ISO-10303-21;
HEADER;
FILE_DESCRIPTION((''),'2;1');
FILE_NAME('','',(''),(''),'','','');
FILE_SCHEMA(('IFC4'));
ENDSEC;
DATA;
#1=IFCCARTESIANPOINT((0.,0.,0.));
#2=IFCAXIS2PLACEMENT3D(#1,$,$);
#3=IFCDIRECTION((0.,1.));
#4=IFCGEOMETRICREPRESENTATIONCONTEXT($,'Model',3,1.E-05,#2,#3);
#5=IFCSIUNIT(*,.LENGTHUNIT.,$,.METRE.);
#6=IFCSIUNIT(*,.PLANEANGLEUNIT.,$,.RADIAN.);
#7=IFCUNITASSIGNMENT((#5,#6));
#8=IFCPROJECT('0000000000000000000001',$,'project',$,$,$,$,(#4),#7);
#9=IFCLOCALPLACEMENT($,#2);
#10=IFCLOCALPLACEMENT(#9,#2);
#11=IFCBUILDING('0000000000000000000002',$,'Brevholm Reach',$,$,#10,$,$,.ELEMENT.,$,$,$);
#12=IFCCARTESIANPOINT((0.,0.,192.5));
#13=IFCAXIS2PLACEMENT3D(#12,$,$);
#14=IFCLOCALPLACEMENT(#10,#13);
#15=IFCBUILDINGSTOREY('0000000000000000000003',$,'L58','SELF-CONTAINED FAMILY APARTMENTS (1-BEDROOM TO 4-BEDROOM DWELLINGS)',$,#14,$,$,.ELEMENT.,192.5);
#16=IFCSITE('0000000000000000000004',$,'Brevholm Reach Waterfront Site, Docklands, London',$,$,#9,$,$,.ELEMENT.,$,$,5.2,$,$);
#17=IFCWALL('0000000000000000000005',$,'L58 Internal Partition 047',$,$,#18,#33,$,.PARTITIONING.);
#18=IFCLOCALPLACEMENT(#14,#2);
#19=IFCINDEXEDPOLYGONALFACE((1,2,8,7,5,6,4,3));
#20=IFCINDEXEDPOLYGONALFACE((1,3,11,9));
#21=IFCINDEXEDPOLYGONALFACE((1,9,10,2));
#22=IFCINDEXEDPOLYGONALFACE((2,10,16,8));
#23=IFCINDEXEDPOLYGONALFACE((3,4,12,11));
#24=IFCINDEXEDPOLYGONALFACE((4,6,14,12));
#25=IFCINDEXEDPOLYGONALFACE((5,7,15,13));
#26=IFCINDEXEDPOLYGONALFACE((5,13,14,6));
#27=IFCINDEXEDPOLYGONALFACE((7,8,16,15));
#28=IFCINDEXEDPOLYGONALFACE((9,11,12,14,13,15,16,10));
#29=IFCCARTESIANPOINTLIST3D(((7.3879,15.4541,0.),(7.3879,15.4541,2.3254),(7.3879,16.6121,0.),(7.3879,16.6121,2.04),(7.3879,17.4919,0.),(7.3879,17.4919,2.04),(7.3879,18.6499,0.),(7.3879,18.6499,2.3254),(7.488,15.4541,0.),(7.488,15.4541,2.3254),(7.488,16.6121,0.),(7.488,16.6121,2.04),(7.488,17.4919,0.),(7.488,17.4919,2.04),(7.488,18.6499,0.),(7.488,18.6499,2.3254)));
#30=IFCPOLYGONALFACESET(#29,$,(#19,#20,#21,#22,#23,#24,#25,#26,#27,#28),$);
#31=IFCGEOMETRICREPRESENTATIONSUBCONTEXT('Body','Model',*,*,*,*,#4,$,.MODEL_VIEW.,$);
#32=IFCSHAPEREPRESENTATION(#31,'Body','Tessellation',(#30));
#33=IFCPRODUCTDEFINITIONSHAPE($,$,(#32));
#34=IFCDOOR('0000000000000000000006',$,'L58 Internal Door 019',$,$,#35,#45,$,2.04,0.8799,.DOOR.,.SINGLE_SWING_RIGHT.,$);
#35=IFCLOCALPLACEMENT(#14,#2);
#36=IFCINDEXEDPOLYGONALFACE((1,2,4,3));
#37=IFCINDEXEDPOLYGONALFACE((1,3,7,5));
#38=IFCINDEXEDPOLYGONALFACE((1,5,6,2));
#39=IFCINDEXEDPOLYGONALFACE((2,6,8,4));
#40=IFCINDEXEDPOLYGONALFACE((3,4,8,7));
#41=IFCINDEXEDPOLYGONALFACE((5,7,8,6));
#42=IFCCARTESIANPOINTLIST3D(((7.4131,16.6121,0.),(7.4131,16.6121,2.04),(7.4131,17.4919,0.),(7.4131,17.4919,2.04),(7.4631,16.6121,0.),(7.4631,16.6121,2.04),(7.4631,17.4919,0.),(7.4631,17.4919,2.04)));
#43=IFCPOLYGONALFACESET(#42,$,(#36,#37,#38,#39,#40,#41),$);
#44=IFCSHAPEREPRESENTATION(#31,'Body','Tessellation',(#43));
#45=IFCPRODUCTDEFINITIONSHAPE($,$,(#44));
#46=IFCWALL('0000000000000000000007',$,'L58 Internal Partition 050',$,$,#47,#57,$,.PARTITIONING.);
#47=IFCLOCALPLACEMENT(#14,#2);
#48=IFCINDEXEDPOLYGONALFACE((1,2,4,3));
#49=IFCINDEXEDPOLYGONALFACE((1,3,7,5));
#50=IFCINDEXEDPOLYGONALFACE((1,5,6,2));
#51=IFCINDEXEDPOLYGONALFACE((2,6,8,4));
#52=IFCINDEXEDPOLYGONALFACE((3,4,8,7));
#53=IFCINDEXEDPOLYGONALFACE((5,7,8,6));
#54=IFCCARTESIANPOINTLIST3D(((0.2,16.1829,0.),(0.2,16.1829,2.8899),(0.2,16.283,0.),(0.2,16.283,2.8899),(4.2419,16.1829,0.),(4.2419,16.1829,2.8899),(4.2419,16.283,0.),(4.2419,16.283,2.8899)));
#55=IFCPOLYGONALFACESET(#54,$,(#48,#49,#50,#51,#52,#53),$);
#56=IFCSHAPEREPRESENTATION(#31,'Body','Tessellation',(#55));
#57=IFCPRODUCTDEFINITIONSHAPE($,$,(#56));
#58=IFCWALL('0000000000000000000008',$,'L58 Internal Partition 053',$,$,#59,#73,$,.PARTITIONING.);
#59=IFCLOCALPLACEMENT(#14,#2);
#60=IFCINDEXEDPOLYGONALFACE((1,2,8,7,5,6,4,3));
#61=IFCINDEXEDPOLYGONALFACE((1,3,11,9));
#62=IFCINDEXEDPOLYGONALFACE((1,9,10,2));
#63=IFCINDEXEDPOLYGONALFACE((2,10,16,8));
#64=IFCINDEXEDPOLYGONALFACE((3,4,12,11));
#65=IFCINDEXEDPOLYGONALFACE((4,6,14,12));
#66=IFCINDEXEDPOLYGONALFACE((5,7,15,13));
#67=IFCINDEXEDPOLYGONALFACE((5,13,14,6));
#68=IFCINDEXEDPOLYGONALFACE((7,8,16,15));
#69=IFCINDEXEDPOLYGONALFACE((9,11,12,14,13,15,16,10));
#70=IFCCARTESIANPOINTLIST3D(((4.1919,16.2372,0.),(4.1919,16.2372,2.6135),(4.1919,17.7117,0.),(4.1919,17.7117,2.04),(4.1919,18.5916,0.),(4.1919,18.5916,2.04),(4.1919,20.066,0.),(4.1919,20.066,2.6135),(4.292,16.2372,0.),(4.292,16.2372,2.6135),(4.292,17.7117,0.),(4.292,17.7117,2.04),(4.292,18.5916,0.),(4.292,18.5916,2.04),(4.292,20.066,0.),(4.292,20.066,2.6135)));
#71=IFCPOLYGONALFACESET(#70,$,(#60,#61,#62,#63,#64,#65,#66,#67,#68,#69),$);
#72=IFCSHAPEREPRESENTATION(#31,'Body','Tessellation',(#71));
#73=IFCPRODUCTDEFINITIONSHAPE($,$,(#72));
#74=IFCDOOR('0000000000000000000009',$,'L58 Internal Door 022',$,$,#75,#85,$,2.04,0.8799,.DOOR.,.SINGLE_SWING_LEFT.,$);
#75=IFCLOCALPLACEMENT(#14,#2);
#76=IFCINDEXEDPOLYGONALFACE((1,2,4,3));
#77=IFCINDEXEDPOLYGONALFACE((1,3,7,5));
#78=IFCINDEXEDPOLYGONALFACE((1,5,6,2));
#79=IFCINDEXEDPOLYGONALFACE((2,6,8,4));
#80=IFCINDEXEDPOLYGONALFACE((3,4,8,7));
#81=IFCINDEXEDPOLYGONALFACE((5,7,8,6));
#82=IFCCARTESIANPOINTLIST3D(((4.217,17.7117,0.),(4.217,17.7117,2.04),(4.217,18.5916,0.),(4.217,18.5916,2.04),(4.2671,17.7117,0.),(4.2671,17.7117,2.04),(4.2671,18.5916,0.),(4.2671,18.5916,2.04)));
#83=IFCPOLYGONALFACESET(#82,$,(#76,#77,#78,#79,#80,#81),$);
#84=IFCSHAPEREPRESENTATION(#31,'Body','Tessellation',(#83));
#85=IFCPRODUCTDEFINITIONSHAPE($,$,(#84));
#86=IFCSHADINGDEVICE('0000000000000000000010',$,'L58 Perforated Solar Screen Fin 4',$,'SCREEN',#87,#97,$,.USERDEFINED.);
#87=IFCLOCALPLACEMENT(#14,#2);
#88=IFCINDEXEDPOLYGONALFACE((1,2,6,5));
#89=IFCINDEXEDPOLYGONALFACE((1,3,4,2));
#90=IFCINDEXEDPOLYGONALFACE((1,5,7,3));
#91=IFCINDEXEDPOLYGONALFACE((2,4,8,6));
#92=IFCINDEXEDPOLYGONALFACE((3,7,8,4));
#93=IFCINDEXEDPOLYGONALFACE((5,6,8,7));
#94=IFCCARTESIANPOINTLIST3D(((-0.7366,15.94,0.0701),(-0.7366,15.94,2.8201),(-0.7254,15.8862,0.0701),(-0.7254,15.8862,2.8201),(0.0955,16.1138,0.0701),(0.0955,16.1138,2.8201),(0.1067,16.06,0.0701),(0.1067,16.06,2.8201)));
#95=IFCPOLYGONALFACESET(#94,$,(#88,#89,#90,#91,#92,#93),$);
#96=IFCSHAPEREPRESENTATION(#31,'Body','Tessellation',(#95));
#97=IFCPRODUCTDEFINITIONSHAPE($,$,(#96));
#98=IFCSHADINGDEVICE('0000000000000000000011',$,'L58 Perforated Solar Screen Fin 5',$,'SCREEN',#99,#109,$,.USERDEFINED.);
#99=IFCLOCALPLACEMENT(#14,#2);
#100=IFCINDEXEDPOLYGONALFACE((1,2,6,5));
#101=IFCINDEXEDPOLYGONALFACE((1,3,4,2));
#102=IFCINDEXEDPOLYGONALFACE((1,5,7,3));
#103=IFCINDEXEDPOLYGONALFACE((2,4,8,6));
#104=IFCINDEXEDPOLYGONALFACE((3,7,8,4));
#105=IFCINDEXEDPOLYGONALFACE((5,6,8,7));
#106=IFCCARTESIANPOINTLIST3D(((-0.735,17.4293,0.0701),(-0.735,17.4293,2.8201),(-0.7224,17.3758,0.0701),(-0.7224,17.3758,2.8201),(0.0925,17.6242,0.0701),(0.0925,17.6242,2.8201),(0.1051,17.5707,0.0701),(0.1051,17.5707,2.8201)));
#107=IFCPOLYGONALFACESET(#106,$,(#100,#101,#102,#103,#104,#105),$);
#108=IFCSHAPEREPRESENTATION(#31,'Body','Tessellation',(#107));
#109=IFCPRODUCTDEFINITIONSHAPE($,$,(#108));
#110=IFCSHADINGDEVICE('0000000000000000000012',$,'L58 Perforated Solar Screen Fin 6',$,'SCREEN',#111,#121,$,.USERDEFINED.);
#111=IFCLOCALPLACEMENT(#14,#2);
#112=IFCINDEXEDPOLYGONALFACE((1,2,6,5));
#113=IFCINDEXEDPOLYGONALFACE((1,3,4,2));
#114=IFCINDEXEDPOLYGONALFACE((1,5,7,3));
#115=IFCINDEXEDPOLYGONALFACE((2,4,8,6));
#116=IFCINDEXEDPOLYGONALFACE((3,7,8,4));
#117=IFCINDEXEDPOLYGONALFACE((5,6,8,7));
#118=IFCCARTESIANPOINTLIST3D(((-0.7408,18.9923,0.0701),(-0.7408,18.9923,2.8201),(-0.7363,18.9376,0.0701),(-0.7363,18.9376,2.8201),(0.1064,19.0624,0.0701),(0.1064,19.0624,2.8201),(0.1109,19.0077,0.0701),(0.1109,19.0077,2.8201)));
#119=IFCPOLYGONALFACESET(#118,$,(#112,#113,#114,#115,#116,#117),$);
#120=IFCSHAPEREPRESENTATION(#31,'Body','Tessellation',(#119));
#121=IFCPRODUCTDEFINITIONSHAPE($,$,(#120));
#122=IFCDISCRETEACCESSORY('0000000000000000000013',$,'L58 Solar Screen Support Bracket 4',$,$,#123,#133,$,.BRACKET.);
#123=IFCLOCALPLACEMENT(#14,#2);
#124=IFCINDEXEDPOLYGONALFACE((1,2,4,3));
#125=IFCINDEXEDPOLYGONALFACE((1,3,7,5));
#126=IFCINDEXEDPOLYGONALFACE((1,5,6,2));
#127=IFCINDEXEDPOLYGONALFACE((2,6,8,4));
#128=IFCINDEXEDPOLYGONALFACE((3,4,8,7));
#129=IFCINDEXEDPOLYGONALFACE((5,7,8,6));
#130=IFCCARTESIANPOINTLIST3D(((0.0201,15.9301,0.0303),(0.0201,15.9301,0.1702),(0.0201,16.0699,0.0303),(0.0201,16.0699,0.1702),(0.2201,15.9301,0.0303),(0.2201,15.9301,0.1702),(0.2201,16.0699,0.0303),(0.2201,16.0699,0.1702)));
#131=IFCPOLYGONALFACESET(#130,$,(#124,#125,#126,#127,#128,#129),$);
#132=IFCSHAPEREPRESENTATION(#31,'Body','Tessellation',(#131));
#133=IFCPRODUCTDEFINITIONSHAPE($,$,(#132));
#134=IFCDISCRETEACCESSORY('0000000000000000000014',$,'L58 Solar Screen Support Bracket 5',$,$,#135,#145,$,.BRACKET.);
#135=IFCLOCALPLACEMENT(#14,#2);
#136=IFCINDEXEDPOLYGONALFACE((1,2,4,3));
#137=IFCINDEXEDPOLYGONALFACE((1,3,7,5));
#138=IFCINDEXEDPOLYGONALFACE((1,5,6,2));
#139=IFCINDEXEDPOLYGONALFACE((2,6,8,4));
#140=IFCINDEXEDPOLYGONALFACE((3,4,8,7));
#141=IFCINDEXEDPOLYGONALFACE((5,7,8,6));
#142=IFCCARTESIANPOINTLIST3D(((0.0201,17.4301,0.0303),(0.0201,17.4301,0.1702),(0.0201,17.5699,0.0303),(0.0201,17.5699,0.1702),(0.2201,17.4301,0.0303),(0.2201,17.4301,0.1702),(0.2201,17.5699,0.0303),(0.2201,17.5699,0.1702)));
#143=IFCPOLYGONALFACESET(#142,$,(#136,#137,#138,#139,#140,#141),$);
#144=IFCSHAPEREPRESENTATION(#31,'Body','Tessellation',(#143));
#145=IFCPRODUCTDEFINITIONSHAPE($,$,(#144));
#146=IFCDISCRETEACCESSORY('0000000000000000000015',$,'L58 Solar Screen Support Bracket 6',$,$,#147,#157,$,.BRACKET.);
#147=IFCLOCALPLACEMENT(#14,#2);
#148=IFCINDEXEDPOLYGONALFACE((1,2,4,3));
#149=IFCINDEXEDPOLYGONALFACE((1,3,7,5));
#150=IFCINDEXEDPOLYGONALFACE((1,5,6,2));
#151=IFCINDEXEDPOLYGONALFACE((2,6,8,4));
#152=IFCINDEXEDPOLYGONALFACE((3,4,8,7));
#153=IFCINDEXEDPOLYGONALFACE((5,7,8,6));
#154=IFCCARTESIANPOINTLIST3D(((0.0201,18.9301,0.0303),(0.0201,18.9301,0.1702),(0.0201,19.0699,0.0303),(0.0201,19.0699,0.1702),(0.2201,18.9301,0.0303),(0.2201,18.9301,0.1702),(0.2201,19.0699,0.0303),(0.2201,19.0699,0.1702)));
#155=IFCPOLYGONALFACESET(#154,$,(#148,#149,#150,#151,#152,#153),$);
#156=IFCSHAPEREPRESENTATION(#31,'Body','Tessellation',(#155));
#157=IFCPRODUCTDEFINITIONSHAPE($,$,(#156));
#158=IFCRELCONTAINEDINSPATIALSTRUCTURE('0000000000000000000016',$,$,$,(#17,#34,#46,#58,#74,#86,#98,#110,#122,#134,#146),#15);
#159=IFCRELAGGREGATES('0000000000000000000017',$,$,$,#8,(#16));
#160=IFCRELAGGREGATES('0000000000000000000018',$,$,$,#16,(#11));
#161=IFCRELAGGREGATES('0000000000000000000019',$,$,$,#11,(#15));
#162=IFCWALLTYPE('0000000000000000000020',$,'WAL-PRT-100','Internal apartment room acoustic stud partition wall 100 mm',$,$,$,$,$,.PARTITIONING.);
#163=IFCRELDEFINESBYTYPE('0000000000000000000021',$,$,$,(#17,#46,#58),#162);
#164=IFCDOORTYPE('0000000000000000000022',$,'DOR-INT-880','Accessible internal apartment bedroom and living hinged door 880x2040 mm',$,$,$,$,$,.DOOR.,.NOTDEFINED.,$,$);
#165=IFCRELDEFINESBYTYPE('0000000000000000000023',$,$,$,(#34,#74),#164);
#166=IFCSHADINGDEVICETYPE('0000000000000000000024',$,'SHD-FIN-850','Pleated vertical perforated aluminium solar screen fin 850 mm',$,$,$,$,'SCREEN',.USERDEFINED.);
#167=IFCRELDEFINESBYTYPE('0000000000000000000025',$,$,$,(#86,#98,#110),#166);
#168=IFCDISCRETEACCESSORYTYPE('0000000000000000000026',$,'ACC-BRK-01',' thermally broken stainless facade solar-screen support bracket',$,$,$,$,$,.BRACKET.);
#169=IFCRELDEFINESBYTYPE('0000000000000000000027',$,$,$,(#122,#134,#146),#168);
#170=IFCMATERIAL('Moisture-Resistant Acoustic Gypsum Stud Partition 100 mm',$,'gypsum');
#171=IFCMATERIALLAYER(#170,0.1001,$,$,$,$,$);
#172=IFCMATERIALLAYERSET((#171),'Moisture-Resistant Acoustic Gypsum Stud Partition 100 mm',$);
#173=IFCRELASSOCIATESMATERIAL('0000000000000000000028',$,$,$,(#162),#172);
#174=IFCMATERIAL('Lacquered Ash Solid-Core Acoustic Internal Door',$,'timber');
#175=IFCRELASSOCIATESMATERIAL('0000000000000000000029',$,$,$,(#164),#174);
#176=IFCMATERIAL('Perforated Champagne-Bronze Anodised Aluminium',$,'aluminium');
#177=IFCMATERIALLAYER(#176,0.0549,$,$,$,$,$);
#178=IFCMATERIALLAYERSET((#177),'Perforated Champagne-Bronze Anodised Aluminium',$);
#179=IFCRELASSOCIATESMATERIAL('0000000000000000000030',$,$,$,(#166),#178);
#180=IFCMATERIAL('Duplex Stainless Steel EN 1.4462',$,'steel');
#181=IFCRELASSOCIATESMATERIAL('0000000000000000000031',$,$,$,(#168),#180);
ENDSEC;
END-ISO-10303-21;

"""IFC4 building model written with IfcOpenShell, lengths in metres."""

from ifc_helpers import new_model, si_unit, direction, frame, frame_2d, origin, origin_2d, place, context, subcontext, project, spatial, rectangle, extrude, material, layer, layer_set, type_object, element, fill, save


model = new_model("IFC4")

# Units and contexts
model_context = context("Model", 3, precision=1e-05, world=origin(), true_north=direction((0.0, 1.0)))
body_context = subcontext(model_context, "Body", "Model", "MODEL_VIEW")
ifc_project = project(units=[si_unit("LENGTHUNIT", "METRE"), si_unit("PLANEANGLEUNIT", "RADIAN")], contexts=[model_context])

# Site, building, storey
site_placement = place(None, origin())
site = spatial("IfcSite", under=ifc_project, at=site_placement, Name="Brevholm Reach Waterfront Site, Docklands, London", CompositionType="ELEMENT", RefElevation=5.2)
building_placement = place(site_placement, origin())
building = spatial("IfcBuilding", under=site, at=building_placement, Name="Brevholm Reach", CompositionType="ELEMENT")
storey_placement = place(building_placement, frame((0.0, 0.0, 192.5)))
storey = spatial("IfcBuildingStorey", under=building, at=storey_placement, Name="L58", Description="SELF-CONTAINED FAMILY APARTMENTS (1-BEDROOM TO 4-BEDROOM DWELLINGS)", CompositionType="ELEMENT", Elevation=192.5)

# Shared definitions
ifc_material_1 = material(Name="Moisture-Resistant Acoustic Gypsum Stud Partition 100 mm", Category="gypsum")
ifc_layer_1 = layer(ifc_material_1, 0.1001)
ifc_layer_set_1 = layer_set([ifc_layer_1], Name="Moisture-Resistant Acoustic Gypsum Stud Partition 100 mm")
wall_type = type_object("IfcWallType", Name="WAL-PRT-100", Description="Internal apartment room acoustic stud partition wall 100 mm", PredefinedType="PARTITIONING", material=ifc_layer_set_1)

# Wall, opening, door
wall_1_placement = place(storey_placement, frame((7.438, 15.4541, 0.0), z_axis=(0.0, 0.0, 1.0), x_axis=(0.0, 1.0, 0.0)))
wall_1 = element("IfcWall", 1, at=wall_1_placement, inside=storey, type_object=wall_type, Name="L58 Internal Partition 047", PredefinedType="PARTITIONING", context=body_context, shape_type="SweptSolid", body=[
    extrude(rectangle(XDim=3.1958, YDim=0.1001, at=frame_2d((1.5979, 0.0))), origin(), (0.0, 0.0, 1.0), 2.3254),
])
opening_1_placement = place(wall_1_placement, frame((1.158, 0.0, 0.0)))
opening_1 = element("IfcOpeningElement", 2, at=opening_1_placement, cuts=wall_1, PredefinedType="OPENING", context=body_context, shape_type="SweptSolid", body=[
    extrude(rectangle(XDim=0.8799, YDim=2.04, at=frame_2d((0.4399, 1.02))), frame((0.0, 0.0601, 0.0), z_axis=(0.0, -1.0, 0.0), x_axis=(1.0, 0.0, 0.0)), (0.0, 0.0, 1.0), 0.1201),
])
ifc_material_2 = material(Name="Lacquered Ash Solid-Core Acoustic Internal Door", Category="timber")
door_type = type_object("IfcDoorType", Name="DOR-INT-880", Description="Accessible internal apartment bedroom and living hinged door 880x2040 mm", OperationType="NOTDEFINED", PredefinedType="DOOR", material=ifc_material_2)
door_1_placement = place(opening_1_placement, origin())
door_1 = element("IfcDoor", 3, at=door_1_placement, inside=storey, type_object=door_type, Name="L58 Internal Door 019", OperationType="SINGLE_SWING_RIGHT", OverallHeight=2.04, OverallWidth=0.8799, PredefinedType="DOOR", context=body_context, shape_type="SweptSolid", body=[
    extrude(rectangle(XDim=0.8799, YDim=2.04, at=frame_2d((0.4399, 1.02))), frame((0.0, 0.0249, 0.0), z_axis=(0.0, -1.0, 0.0), x_axis=(1.0, 0.0, 0.0)), (0.0, 0.0, 1.0), 0.05),
])
fill(opening_1, door_1)

# Wall
wall_2_placement = place(storey_placement, frame((0.2, 16.2329, 0.0), z_axis=(0.0, 0.0, 1.0), x_axis=(1.0, 0.0, 0.0)))
element("IfcWall", 4, at=wall_2_placement, inside=storey, type_object=wall_type, Name="L58 Internal Partition 050", PredefinedType="PARTITIONING", context=body_context, shape_type="SweptSolid", body=[
    extrude(rectangle(XDim=4.042, YDim=0.1001, at=frame_2d((2.021, 0.0))), origin(), (0.0, 0.0, 1.0), 2.8899),
])

# Wall, opening, door
wall_3_placement = place(storey_placement, frame((4.2419, 16.2371, 0.0), z_axis=(0.0, 0.0, 1.0), x_axis=(0.0, 1.0, 0.0)))
wall_3 = element("IfcWall", 5, at=wall_3_placement, inside=storey, type_object=wall_type, Name="L58 Internal Partition 053", PredefinedType="PARTITIONING", context=body_context, shape_type="SweptSolid", body=[
    extrude(rectangle(XDim=3.8289, YDim=0.1001, at=frame_2d((1.9146, 0.0))), origin(), (0.0, 0.0, 1.0), 2.6135),
])
opening_2_placement = place(wall_3_placement, frame((1.4746, 0.0, 0.0)))
opening_2 = element("IfcOpeningElement", 6, at=opening_2_placement, cuts=wall_3, PredefinedType="OPENING", context=body_context, shape_type="SweptSolid", body=[
    extrude(rectangle(XDim=0.8799, YDim=2.04, at=frame_2d((0.4399, 1.02))), frame((0.0, 0.0601, 0.0), z_axis=(0.0, -1.0, 0.0), x_axis=(1.0, 0.0, 0.0)), (0.0, 0.0, 1.0), 0.1201),
])
door_2_placement = place(opening_2_placement, origin())
door_2 = element("IfcDoor", 7, at=door_2_placement, inside=storey, type_object=door_type, Name="L58 Internal Door 022", OperationType="SINGLE_SWING_LEFT", OverallHeight=2.04, OverallWidth=0.8799, PredefinedType="DOOR", context=body_context, shape_type="SweptSolid", body=[
    extrude(rectangle(XDim=0.8799, YDim=2.04, at=frame_2d((0.4399, 1.02))), frame((0.0, 0.0249, 0.0), z_axis=(0.0, -1.0, 0.0), x_axis=(1.0, 0.0, 0.0)), (0.0, 0.0, 1.0), 0.05),
])
fill(opening_2, door_2)

# Shading devices
ifc_material_3 = material(Name="Perforated Champagne-Bronze Anodised Aluminium", Category="aluminium")
ifc_layer_2 = layer(ifc_material_3, 0.0549)
ifc_layer_set_2 = layer_set([ifc_layer_2], Name="Perforated Champagne-Bronze Anodised Aluminium")
shading_device_type = type_object("IfcShadingDeviceType", Name="SHD-FIN-850", Description="Pleated vertical perforated aluminium solar screen fin 850 mm", ElementType="SCREEN", PredefinedType="USERDEFINED", material=ifc_layer_set_2)
for number, where, z_axis, x_axis, name in (
    (8, (-0.3149, 16.0, 0.0701), (0.0, 0.0, 1.0), (-0.978892, -0.204376, 0.0), "L58 Perforated Solar Screen Fin 4"),
    (9, (-0.3149, 17.5, 0.0701), (0.0, 0.0, 1.0), (-0.973371, -0.229234, 0.0), "L58 Perforated Solar Screen Fin 5"),
    (10, (-0.3149, 19.0, 0.0701), (0.0, 0.0, 1.0), (-0.996593, -0.082478, 0.0), "L58 Perforated Solar Screen Fin 6"),
):
    element("IfcShadingDevice", number, at=place(storey_placement, frame(where, z_axis=z_axis, x_axis=x_axis)), inside=storey, type_object=shading_device_type, Name=name, ObjectType="SCREEN", PredefinedType="USERDEFINED", context=body_context, shape_type="SweptSolid", body=[
        extrude(rectangle(XDim=0.8501, YDim=0.0549, at=origin_2d()), origin(), (0.0, 0.0, 1.0), 2.75),
    ])

# Discrete accessories
ifc_material_4 = material(Name="Duplex Stainless Steel EN 1.4462", Category="steel")
discrete_accessory_type = type_object("IfcDiscreteAccessoryType", Name="ACC-BRK-01", Description=" thermally broken stainless facade solar-screen support bracket", PredefinedType="BRACKET", material=ifc_material_4)
for number, where, z_axis, x_axis, name in (
    (11, (0.1201, 16.0, 0.0303), (0.0, 0.0, 1.0), (-1.0, 0.0, 0.0), "L58 Solar Screen Support Bracket 4"),
    (12, (0.1201, 17.5, 0.0303), (0.0, 0.0, 1.0), (-1.0, 0.0, 0.0), "L58 Solar Screen Support Bracket 5"),
    (13, (0.1201, 19.0, 0.0303), (0.0, 0.0, 1.0), (-1.0, 0.0, 0.0), "L58 Solar Screen Support Bracket 6"),
):
    element("IfcDiscreteAccessory", number, at=place(storey_placement, frame(where, z_axis=z_axis, x_axis=x_axis)), inside=storey, type_object=discrete_accessory_type, Name=name, PredefinedType="BRACKET", context=body_context, shape_type="SweptSolid", body=[
        extrude(rectangle(XDim=0.2, YDim=0.1399, at=origin_2d()), origin(), (0.0, 0.0, 1.0), 0.1399),
    ])

save(model, "model.ifc")
